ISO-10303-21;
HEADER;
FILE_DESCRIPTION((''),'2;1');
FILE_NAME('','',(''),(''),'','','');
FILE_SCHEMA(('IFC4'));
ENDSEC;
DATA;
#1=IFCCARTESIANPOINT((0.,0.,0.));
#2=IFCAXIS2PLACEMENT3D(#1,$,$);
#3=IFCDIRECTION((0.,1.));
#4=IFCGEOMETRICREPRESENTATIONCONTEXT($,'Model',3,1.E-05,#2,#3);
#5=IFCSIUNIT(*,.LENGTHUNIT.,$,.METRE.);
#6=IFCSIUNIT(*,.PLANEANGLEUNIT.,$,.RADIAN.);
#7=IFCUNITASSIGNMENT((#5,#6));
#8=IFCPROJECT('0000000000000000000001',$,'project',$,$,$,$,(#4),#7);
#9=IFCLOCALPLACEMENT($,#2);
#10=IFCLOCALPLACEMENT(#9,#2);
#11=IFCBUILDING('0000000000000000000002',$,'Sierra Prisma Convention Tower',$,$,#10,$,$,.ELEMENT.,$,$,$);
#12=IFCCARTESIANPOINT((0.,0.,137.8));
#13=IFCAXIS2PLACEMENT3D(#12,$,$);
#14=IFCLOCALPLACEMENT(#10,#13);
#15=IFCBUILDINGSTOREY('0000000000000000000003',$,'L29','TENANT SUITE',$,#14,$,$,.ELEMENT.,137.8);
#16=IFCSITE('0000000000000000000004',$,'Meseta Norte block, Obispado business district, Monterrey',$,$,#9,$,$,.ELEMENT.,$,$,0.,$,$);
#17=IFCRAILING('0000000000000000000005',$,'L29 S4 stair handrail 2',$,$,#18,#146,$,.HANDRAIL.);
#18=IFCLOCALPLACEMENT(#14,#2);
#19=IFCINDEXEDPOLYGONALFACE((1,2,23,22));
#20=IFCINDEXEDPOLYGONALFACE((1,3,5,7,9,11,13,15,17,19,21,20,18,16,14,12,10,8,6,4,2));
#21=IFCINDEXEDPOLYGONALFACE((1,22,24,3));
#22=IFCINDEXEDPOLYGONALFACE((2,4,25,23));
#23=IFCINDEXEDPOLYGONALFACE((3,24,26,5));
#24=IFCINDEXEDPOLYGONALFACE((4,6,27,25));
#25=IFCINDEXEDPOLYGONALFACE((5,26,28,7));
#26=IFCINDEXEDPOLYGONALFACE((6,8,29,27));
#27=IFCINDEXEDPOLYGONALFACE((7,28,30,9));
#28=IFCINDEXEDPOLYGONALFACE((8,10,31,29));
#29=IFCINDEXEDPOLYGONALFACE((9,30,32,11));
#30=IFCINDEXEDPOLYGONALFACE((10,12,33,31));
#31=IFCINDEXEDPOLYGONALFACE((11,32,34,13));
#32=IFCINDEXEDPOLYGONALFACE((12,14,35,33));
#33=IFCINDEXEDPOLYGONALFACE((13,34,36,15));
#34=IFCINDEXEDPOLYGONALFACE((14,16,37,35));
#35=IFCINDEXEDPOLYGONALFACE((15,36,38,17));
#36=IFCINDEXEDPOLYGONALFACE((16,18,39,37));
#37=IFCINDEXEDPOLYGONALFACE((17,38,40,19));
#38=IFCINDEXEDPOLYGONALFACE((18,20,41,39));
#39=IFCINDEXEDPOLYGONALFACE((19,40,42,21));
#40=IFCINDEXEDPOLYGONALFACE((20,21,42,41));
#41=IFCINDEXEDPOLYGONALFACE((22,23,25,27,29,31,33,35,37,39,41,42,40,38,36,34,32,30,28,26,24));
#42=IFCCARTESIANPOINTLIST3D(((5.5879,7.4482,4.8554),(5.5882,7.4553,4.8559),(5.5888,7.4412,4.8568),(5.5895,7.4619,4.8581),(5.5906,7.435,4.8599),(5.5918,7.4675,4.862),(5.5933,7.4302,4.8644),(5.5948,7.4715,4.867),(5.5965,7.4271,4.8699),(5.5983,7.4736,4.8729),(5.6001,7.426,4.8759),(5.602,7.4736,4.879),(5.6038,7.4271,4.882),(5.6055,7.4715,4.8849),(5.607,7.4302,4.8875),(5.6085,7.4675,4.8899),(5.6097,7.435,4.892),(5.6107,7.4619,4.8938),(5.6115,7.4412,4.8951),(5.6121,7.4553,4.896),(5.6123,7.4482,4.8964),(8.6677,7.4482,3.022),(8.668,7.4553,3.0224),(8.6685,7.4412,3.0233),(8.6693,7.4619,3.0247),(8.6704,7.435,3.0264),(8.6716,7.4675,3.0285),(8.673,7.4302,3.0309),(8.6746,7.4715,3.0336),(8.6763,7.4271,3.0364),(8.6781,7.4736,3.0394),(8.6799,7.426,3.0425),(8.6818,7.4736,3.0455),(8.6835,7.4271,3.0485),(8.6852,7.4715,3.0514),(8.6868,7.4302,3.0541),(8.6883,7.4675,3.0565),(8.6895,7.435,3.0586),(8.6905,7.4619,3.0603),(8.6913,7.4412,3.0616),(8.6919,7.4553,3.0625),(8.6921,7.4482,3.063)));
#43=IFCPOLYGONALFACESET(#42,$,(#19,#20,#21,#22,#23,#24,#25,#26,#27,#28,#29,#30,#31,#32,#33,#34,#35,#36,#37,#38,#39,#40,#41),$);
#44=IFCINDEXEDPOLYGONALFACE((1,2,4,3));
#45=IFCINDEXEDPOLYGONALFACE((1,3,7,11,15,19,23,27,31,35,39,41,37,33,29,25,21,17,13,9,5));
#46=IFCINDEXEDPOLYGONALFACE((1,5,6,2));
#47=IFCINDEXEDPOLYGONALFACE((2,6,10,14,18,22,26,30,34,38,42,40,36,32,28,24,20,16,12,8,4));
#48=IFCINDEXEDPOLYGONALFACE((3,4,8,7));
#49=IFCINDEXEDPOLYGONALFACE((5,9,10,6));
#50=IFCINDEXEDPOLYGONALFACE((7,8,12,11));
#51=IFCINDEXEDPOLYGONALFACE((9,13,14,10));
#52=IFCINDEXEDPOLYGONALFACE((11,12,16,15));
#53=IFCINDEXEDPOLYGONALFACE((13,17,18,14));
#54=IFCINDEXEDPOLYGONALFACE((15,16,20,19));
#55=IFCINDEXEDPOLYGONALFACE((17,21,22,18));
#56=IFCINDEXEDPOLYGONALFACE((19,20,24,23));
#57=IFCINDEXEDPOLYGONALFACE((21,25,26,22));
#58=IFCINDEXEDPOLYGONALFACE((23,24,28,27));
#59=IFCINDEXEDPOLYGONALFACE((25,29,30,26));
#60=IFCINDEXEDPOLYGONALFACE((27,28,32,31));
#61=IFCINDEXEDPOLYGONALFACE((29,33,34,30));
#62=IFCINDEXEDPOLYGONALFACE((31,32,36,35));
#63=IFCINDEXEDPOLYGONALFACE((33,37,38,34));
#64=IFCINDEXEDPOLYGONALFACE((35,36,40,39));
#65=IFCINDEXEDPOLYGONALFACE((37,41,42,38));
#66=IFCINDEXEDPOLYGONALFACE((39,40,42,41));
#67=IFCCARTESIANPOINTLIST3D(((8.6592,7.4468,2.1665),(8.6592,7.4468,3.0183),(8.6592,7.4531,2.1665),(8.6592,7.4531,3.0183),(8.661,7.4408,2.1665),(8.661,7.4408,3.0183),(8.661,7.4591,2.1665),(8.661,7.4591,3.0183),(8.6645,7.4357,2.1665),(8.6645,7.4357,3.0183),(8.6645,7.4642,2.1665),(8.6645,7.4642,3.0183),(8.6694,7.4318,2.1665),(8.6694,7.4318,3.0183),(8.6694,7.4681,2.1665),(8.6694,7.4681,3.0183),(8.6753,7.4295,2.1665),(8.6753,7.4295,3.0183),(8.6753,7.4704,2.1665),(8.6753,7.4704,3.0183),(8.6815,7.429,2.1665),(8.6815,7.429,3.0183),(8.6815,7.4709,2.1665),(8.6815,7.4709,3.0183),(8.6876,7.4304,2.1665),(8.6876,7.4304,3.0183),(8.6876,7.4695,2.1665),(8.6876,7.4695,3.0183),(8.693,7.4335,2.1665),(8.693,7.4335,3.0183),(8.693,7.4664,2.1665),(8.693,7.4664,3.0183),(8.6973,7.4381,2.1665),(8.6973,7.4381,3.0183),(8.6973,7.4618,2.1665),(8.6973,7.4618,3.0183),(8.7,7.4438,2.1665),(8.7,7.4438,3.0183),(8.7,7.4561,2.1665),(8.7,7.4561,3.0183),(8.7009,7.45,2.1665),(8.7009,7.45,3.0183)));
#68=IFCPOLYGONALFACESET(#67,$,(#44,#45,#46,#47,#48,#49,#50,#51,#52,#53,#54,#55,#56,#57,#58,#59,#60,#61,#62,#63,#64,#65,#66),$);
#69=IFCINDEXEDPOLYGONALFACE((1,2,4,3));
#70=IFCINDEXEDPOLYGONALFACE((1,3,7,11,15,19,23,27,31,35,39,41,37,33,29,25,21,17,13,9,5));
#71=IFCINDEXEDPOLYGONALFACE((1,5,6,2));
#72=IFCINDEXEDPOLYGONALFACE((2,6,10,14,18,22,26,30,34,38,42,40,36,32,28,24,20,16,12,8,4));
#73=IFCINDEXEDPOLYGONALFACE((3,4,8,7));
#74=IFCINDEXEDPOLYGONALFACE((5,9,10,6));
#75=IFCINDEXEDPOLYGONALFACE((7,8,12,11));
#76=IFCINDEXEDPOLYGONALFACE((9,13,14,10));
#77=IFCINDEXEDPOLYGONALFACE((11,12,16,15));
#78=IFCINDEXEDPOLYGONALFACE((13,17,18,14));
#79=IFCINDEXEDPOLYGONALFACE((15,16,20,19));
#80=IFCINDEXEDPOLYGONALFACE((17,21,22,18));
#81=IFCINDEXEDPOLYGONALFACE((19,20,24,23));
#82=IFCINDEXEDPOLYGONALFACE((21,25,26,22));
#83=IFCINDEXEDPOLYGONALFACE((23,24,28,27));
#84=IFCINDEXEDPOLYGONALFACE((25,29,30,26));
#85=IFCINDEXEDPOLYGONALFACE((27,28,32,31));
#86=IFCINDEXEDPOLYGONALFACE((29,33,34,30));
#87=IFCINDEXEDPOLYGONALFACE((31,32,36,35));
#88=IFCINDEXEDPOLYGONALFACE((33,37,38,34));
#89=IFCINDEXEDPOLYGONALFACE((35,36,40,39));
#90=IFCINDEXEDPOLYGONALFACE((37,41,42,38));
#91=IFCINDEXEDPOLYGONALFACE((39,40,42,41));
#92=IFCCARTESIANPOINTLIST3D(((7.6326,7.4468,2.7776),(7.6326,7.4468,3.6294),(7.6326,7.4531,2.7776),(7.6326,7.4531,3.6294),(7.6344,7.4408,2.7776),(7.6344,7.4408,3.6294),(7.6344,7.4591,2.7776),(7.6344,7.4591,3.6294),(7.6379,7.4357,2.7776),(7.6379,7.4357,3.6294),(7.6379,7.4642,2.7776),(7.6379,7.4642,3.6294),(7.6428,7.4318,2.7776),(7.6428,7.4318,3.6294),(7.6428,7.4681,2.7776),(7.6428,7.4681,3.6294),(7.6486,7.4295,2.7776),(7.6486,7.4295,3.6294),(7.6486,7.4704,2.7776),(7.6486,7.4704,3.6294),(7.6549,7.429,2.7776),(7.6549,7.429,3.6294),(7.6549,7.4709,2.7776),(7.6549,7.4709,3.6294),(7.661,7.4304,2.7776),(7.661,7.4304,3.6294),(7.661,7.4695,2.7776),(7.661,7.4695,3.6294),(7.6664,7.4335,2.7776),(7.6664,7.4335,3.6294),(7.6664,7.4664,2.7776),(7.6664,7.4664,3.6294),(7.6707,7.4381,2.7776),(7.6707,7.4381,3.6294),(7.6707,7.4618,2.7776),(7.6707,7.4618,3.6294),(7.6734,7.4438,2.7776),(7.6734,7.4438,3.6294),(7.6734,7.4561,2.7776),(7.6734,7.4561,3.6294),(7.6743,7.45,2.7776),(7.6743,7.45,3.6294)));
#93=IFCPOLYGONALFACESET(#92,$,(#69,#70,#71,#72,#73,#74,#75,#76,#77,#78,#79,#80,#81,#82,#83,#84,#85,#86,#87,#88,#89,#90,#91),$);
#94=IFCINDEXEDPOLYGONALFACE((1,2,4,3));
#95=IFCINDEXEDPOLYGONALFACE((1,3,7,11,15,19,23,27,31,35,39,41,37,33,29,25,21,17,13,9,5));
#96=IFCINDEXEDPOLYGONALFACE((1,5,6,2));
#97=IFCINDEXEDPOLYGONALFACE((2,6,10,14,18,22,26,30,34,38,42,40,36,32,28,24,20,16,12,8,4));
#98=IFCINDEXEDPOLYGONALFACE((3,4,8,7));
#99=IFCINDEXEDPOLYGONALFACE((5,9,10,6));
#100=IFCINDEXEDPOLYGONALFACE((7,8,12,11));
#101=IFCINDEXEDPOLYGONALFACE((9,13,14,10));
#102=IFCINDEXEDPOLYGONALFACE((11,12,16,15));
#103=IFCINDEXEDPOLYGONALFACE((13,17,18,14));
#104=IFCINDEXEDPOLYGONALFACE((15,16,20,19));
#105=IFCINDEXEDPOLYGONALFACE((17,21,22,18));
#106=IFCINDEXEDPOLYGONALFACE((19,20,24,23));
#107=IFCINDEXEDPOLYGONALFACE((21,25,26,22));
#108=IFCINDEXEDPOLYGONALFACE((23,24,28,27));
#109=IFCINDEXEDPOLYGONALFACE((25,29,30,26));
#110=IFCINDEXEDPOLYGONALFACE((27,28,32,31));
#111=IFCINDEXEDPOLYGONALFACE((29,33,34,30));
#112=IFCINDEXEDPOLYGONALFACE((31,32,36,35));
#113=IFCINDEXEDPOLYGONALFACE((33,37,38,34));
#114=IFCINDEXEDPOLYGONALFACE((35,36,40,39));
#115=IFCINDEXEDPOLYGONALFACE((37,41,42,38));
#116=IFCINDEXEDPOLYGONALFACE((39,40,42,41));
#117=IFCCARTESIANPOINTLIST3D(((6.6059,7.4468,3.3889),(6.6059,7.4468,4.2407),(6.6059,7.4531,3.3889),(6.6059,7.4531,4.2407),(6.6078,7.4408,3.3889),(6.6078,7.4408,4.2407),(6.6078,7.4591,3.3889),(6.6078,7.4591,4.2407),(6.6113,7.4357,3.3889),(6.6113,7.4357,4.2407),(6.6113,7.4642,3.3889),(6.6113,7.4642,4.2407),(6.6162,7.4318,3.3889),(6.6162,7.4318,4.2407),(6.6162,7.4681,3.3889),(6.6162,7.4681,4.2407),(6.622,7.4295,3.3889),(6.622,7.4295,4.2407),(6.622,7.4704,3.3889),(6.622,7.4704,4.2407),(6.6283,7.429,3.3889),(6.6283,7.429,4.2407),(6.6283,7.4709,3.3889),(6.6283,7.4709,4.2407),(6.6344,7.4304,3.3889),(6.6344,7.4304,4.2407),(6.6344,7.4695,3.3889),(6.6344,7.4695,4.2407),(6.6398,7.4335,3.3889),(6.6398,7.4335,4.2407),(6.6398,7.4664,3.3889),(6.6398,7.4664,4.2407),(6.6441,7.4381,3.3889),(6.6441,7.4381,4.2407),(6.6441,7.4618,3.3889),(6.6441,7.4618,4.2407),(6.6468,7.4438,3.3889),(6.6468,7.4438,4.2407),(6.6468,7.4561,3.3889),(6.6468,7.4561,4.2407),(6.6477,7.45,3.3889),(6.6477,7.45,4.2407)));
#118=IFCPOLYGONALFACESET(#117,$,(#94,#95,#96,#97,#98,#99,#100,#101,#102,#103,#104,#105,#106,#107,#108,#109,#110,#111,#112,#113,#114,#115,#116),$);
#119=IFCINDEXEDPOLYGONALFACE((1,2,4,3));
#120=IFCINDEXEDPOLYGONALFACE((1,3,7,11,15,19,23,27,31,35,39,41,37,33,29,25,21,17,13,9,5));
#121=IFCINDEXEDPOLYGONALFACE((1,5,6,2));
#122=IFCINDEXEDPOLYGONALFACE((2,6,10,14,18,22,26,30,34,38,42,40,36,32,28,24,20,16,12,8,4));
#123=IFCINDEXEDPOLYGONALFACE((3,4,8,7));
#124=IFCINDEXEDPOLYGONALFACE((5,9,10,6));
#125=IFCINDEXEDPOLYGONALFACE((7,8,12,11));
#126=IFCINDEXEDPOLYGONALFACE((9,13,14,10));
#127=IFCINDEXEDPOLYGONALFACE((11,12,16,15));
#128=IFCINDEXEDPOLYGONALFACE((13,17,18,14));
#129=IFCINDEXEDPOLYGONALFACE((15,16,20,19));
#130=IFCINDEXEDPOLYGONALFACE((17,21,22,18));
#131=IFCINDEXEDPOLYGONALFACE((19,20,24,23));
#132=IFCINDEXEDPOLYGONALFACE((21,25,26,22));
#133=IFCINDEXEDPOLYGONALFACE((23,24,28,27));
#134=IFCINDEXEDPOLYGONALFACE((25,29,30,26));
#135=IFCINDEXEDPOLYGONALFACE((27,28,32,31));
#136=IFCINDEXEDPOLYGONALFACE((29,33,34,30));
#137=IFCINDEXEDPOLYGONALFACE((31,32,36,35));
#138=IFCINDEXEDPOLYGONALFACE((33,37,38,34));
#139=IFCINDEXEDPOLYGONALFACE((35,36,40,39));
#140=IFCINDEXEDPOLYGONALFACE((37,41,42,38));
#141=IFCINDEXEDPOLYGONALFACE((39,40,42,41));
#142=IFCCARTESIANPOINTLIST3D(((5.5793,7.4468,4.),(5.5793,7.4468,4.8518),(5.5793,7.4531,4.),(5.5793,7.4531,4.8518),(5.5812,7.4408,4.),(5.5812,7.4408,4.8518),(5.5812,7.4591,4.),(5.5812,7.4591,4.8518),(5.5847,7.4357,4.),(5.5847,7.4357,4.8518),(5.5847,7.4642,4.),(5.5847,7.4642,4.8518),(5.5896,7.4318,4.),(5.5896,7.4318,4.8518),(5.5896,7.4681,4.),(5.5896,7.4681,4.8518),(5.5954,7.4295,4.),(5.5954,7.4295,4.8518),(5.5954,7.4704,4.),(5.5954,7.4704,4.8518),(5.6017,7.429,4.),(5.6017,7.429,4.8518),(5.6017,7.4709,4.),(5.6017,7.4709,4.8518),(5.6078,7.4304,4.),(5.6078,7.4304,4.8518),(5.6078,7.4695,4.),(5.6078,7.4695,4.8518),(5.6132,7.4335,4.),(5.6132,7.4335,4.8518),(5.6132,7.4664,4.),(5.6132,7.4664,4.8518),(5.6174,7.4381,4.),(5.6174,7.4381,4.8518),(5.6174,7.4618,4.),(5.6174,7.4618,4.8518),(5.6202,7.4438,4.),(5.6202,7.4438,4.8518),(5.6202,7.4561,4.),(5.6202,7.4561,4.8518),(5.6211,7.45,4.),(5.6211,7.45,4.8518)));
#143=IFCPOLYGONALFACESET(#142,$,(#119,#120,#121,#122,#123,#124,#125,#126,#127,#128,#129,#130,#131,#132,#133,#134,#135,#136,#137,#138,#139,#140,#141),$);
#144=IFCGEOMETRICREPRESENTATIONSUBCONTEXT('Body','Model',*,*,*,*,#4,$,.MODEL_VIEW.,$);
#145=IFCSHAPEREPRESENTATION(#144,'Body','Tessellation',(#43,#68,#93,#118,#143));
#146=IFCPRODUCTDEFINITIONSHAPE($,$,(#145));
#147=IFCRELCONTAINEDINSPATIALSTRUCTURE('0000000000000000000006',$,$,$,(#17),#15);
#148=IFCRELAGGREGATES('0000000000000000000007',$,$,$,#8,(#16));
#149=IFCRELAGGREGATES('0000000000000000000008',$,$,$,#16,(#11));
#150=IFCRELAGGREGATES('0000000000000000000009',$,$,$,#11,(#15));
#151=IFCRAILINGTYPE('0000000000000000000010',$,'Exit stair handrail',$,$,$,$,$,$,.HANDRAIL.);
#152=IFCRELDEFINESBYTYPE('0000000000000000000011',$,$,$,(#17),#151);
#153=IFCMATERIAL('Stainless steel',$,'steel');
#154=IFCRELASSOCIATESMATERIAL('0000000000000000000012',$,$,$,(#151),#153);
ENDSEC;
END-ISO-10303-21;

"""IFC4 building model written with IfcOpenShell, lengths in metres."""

from ifc_helpers import new_model, si_unit, direction, frame, origin, origin_2d, place, context, subcontext, project, spatial, circle, extrude, material, type_object, element, save


model = new_model("IFC4")

# Units and contexts
model_context = context("Model", 3, precision=1e-05, world=origin(), true_north=direction((0.0, 1.0)))
body_context = subcontext(model_context, "Body", "Model", "MODEL_VIEW")
ifc_project = project(units=[si_unit("LENGTHUNIT", "METRE"), si_unit("PLANEANGLEUNIT", "RADIAN")], contexts=[model_context])

# Site, building, storey
site_placement = place(None, origin())
site = spatial("IfcSite", under=ifc_project, at=site_placement, Name="Meseta Norte block, Obispado business district, Monterrey", CompositionType="ELEMENT", RefElevation=0.0)
building_placement = place(site_placement, origin())
building = spatial("IfcBuilding", under=site, at=building_placement, Name="Sierra Prisma Convention Tower", CompositionType="ELEMENT")
storey_placement = place(building_placement, frame((0.0, 0.0, 137.8)))
storey = spatial("IfcBuildingStorey", under=building, at=storey_placement, Name="L29", Description="TENANT SUITE", CompositionType="ELEMENT", Elevation=137.8)

# Railing
ifc_material_1 = material(Name="Stainless steel", Category="steel")
railing_type_1 = type_object("IfcRailingType", Name="Exit stair handrail", PredefinedType="HANDRAIL", material=ifc_material_1)
railing_1_placement = place(storey_placement, frame((8.6799, 7.45, 2.1665)))
element("IfcRailing", 1, at=railing_1_placement, inside=storey, type_object=railing_type_1, Name="L29 S4 stair handrail 2", PredefinedType="HANDRAIL", context=body_context, shape_type="SweptSolid", body=[
    extrude(circle(Radius=0.0239, at=origin_2d()), frame((0.0, 0.0, 0.876), z_axis=(-0.859261, 0.0, 0.511538), x_axis=(0.0, -1.0, 0.0)), (0.0, 0.0, 1.0), 3.5842),
    extrude(circle(Radius=0.021, at=origin_2d()), origin(), (0.0, 0.0, 1.0), 0.8518),
    extrude(circle(Radius=0.021, at=origin_2d()), frame((-1.0266, 0.0, 0.6111)), (0.0, 0.0, 1.0), 0.8518),
    extrude(circle(Radius=0.021, at=origin_2d()), frame((-2.0532, 0.0, 1.2224)), (0.0, 0.0, 1.0), 0.8518),
    extrude(circle(Radius=0.021, at=origin_2d()), frame((-3.0798, 0.0, 1.8335)), (0.0, 0.0, 1.0), 0.8518),
])

save(model, "model.ifc")
